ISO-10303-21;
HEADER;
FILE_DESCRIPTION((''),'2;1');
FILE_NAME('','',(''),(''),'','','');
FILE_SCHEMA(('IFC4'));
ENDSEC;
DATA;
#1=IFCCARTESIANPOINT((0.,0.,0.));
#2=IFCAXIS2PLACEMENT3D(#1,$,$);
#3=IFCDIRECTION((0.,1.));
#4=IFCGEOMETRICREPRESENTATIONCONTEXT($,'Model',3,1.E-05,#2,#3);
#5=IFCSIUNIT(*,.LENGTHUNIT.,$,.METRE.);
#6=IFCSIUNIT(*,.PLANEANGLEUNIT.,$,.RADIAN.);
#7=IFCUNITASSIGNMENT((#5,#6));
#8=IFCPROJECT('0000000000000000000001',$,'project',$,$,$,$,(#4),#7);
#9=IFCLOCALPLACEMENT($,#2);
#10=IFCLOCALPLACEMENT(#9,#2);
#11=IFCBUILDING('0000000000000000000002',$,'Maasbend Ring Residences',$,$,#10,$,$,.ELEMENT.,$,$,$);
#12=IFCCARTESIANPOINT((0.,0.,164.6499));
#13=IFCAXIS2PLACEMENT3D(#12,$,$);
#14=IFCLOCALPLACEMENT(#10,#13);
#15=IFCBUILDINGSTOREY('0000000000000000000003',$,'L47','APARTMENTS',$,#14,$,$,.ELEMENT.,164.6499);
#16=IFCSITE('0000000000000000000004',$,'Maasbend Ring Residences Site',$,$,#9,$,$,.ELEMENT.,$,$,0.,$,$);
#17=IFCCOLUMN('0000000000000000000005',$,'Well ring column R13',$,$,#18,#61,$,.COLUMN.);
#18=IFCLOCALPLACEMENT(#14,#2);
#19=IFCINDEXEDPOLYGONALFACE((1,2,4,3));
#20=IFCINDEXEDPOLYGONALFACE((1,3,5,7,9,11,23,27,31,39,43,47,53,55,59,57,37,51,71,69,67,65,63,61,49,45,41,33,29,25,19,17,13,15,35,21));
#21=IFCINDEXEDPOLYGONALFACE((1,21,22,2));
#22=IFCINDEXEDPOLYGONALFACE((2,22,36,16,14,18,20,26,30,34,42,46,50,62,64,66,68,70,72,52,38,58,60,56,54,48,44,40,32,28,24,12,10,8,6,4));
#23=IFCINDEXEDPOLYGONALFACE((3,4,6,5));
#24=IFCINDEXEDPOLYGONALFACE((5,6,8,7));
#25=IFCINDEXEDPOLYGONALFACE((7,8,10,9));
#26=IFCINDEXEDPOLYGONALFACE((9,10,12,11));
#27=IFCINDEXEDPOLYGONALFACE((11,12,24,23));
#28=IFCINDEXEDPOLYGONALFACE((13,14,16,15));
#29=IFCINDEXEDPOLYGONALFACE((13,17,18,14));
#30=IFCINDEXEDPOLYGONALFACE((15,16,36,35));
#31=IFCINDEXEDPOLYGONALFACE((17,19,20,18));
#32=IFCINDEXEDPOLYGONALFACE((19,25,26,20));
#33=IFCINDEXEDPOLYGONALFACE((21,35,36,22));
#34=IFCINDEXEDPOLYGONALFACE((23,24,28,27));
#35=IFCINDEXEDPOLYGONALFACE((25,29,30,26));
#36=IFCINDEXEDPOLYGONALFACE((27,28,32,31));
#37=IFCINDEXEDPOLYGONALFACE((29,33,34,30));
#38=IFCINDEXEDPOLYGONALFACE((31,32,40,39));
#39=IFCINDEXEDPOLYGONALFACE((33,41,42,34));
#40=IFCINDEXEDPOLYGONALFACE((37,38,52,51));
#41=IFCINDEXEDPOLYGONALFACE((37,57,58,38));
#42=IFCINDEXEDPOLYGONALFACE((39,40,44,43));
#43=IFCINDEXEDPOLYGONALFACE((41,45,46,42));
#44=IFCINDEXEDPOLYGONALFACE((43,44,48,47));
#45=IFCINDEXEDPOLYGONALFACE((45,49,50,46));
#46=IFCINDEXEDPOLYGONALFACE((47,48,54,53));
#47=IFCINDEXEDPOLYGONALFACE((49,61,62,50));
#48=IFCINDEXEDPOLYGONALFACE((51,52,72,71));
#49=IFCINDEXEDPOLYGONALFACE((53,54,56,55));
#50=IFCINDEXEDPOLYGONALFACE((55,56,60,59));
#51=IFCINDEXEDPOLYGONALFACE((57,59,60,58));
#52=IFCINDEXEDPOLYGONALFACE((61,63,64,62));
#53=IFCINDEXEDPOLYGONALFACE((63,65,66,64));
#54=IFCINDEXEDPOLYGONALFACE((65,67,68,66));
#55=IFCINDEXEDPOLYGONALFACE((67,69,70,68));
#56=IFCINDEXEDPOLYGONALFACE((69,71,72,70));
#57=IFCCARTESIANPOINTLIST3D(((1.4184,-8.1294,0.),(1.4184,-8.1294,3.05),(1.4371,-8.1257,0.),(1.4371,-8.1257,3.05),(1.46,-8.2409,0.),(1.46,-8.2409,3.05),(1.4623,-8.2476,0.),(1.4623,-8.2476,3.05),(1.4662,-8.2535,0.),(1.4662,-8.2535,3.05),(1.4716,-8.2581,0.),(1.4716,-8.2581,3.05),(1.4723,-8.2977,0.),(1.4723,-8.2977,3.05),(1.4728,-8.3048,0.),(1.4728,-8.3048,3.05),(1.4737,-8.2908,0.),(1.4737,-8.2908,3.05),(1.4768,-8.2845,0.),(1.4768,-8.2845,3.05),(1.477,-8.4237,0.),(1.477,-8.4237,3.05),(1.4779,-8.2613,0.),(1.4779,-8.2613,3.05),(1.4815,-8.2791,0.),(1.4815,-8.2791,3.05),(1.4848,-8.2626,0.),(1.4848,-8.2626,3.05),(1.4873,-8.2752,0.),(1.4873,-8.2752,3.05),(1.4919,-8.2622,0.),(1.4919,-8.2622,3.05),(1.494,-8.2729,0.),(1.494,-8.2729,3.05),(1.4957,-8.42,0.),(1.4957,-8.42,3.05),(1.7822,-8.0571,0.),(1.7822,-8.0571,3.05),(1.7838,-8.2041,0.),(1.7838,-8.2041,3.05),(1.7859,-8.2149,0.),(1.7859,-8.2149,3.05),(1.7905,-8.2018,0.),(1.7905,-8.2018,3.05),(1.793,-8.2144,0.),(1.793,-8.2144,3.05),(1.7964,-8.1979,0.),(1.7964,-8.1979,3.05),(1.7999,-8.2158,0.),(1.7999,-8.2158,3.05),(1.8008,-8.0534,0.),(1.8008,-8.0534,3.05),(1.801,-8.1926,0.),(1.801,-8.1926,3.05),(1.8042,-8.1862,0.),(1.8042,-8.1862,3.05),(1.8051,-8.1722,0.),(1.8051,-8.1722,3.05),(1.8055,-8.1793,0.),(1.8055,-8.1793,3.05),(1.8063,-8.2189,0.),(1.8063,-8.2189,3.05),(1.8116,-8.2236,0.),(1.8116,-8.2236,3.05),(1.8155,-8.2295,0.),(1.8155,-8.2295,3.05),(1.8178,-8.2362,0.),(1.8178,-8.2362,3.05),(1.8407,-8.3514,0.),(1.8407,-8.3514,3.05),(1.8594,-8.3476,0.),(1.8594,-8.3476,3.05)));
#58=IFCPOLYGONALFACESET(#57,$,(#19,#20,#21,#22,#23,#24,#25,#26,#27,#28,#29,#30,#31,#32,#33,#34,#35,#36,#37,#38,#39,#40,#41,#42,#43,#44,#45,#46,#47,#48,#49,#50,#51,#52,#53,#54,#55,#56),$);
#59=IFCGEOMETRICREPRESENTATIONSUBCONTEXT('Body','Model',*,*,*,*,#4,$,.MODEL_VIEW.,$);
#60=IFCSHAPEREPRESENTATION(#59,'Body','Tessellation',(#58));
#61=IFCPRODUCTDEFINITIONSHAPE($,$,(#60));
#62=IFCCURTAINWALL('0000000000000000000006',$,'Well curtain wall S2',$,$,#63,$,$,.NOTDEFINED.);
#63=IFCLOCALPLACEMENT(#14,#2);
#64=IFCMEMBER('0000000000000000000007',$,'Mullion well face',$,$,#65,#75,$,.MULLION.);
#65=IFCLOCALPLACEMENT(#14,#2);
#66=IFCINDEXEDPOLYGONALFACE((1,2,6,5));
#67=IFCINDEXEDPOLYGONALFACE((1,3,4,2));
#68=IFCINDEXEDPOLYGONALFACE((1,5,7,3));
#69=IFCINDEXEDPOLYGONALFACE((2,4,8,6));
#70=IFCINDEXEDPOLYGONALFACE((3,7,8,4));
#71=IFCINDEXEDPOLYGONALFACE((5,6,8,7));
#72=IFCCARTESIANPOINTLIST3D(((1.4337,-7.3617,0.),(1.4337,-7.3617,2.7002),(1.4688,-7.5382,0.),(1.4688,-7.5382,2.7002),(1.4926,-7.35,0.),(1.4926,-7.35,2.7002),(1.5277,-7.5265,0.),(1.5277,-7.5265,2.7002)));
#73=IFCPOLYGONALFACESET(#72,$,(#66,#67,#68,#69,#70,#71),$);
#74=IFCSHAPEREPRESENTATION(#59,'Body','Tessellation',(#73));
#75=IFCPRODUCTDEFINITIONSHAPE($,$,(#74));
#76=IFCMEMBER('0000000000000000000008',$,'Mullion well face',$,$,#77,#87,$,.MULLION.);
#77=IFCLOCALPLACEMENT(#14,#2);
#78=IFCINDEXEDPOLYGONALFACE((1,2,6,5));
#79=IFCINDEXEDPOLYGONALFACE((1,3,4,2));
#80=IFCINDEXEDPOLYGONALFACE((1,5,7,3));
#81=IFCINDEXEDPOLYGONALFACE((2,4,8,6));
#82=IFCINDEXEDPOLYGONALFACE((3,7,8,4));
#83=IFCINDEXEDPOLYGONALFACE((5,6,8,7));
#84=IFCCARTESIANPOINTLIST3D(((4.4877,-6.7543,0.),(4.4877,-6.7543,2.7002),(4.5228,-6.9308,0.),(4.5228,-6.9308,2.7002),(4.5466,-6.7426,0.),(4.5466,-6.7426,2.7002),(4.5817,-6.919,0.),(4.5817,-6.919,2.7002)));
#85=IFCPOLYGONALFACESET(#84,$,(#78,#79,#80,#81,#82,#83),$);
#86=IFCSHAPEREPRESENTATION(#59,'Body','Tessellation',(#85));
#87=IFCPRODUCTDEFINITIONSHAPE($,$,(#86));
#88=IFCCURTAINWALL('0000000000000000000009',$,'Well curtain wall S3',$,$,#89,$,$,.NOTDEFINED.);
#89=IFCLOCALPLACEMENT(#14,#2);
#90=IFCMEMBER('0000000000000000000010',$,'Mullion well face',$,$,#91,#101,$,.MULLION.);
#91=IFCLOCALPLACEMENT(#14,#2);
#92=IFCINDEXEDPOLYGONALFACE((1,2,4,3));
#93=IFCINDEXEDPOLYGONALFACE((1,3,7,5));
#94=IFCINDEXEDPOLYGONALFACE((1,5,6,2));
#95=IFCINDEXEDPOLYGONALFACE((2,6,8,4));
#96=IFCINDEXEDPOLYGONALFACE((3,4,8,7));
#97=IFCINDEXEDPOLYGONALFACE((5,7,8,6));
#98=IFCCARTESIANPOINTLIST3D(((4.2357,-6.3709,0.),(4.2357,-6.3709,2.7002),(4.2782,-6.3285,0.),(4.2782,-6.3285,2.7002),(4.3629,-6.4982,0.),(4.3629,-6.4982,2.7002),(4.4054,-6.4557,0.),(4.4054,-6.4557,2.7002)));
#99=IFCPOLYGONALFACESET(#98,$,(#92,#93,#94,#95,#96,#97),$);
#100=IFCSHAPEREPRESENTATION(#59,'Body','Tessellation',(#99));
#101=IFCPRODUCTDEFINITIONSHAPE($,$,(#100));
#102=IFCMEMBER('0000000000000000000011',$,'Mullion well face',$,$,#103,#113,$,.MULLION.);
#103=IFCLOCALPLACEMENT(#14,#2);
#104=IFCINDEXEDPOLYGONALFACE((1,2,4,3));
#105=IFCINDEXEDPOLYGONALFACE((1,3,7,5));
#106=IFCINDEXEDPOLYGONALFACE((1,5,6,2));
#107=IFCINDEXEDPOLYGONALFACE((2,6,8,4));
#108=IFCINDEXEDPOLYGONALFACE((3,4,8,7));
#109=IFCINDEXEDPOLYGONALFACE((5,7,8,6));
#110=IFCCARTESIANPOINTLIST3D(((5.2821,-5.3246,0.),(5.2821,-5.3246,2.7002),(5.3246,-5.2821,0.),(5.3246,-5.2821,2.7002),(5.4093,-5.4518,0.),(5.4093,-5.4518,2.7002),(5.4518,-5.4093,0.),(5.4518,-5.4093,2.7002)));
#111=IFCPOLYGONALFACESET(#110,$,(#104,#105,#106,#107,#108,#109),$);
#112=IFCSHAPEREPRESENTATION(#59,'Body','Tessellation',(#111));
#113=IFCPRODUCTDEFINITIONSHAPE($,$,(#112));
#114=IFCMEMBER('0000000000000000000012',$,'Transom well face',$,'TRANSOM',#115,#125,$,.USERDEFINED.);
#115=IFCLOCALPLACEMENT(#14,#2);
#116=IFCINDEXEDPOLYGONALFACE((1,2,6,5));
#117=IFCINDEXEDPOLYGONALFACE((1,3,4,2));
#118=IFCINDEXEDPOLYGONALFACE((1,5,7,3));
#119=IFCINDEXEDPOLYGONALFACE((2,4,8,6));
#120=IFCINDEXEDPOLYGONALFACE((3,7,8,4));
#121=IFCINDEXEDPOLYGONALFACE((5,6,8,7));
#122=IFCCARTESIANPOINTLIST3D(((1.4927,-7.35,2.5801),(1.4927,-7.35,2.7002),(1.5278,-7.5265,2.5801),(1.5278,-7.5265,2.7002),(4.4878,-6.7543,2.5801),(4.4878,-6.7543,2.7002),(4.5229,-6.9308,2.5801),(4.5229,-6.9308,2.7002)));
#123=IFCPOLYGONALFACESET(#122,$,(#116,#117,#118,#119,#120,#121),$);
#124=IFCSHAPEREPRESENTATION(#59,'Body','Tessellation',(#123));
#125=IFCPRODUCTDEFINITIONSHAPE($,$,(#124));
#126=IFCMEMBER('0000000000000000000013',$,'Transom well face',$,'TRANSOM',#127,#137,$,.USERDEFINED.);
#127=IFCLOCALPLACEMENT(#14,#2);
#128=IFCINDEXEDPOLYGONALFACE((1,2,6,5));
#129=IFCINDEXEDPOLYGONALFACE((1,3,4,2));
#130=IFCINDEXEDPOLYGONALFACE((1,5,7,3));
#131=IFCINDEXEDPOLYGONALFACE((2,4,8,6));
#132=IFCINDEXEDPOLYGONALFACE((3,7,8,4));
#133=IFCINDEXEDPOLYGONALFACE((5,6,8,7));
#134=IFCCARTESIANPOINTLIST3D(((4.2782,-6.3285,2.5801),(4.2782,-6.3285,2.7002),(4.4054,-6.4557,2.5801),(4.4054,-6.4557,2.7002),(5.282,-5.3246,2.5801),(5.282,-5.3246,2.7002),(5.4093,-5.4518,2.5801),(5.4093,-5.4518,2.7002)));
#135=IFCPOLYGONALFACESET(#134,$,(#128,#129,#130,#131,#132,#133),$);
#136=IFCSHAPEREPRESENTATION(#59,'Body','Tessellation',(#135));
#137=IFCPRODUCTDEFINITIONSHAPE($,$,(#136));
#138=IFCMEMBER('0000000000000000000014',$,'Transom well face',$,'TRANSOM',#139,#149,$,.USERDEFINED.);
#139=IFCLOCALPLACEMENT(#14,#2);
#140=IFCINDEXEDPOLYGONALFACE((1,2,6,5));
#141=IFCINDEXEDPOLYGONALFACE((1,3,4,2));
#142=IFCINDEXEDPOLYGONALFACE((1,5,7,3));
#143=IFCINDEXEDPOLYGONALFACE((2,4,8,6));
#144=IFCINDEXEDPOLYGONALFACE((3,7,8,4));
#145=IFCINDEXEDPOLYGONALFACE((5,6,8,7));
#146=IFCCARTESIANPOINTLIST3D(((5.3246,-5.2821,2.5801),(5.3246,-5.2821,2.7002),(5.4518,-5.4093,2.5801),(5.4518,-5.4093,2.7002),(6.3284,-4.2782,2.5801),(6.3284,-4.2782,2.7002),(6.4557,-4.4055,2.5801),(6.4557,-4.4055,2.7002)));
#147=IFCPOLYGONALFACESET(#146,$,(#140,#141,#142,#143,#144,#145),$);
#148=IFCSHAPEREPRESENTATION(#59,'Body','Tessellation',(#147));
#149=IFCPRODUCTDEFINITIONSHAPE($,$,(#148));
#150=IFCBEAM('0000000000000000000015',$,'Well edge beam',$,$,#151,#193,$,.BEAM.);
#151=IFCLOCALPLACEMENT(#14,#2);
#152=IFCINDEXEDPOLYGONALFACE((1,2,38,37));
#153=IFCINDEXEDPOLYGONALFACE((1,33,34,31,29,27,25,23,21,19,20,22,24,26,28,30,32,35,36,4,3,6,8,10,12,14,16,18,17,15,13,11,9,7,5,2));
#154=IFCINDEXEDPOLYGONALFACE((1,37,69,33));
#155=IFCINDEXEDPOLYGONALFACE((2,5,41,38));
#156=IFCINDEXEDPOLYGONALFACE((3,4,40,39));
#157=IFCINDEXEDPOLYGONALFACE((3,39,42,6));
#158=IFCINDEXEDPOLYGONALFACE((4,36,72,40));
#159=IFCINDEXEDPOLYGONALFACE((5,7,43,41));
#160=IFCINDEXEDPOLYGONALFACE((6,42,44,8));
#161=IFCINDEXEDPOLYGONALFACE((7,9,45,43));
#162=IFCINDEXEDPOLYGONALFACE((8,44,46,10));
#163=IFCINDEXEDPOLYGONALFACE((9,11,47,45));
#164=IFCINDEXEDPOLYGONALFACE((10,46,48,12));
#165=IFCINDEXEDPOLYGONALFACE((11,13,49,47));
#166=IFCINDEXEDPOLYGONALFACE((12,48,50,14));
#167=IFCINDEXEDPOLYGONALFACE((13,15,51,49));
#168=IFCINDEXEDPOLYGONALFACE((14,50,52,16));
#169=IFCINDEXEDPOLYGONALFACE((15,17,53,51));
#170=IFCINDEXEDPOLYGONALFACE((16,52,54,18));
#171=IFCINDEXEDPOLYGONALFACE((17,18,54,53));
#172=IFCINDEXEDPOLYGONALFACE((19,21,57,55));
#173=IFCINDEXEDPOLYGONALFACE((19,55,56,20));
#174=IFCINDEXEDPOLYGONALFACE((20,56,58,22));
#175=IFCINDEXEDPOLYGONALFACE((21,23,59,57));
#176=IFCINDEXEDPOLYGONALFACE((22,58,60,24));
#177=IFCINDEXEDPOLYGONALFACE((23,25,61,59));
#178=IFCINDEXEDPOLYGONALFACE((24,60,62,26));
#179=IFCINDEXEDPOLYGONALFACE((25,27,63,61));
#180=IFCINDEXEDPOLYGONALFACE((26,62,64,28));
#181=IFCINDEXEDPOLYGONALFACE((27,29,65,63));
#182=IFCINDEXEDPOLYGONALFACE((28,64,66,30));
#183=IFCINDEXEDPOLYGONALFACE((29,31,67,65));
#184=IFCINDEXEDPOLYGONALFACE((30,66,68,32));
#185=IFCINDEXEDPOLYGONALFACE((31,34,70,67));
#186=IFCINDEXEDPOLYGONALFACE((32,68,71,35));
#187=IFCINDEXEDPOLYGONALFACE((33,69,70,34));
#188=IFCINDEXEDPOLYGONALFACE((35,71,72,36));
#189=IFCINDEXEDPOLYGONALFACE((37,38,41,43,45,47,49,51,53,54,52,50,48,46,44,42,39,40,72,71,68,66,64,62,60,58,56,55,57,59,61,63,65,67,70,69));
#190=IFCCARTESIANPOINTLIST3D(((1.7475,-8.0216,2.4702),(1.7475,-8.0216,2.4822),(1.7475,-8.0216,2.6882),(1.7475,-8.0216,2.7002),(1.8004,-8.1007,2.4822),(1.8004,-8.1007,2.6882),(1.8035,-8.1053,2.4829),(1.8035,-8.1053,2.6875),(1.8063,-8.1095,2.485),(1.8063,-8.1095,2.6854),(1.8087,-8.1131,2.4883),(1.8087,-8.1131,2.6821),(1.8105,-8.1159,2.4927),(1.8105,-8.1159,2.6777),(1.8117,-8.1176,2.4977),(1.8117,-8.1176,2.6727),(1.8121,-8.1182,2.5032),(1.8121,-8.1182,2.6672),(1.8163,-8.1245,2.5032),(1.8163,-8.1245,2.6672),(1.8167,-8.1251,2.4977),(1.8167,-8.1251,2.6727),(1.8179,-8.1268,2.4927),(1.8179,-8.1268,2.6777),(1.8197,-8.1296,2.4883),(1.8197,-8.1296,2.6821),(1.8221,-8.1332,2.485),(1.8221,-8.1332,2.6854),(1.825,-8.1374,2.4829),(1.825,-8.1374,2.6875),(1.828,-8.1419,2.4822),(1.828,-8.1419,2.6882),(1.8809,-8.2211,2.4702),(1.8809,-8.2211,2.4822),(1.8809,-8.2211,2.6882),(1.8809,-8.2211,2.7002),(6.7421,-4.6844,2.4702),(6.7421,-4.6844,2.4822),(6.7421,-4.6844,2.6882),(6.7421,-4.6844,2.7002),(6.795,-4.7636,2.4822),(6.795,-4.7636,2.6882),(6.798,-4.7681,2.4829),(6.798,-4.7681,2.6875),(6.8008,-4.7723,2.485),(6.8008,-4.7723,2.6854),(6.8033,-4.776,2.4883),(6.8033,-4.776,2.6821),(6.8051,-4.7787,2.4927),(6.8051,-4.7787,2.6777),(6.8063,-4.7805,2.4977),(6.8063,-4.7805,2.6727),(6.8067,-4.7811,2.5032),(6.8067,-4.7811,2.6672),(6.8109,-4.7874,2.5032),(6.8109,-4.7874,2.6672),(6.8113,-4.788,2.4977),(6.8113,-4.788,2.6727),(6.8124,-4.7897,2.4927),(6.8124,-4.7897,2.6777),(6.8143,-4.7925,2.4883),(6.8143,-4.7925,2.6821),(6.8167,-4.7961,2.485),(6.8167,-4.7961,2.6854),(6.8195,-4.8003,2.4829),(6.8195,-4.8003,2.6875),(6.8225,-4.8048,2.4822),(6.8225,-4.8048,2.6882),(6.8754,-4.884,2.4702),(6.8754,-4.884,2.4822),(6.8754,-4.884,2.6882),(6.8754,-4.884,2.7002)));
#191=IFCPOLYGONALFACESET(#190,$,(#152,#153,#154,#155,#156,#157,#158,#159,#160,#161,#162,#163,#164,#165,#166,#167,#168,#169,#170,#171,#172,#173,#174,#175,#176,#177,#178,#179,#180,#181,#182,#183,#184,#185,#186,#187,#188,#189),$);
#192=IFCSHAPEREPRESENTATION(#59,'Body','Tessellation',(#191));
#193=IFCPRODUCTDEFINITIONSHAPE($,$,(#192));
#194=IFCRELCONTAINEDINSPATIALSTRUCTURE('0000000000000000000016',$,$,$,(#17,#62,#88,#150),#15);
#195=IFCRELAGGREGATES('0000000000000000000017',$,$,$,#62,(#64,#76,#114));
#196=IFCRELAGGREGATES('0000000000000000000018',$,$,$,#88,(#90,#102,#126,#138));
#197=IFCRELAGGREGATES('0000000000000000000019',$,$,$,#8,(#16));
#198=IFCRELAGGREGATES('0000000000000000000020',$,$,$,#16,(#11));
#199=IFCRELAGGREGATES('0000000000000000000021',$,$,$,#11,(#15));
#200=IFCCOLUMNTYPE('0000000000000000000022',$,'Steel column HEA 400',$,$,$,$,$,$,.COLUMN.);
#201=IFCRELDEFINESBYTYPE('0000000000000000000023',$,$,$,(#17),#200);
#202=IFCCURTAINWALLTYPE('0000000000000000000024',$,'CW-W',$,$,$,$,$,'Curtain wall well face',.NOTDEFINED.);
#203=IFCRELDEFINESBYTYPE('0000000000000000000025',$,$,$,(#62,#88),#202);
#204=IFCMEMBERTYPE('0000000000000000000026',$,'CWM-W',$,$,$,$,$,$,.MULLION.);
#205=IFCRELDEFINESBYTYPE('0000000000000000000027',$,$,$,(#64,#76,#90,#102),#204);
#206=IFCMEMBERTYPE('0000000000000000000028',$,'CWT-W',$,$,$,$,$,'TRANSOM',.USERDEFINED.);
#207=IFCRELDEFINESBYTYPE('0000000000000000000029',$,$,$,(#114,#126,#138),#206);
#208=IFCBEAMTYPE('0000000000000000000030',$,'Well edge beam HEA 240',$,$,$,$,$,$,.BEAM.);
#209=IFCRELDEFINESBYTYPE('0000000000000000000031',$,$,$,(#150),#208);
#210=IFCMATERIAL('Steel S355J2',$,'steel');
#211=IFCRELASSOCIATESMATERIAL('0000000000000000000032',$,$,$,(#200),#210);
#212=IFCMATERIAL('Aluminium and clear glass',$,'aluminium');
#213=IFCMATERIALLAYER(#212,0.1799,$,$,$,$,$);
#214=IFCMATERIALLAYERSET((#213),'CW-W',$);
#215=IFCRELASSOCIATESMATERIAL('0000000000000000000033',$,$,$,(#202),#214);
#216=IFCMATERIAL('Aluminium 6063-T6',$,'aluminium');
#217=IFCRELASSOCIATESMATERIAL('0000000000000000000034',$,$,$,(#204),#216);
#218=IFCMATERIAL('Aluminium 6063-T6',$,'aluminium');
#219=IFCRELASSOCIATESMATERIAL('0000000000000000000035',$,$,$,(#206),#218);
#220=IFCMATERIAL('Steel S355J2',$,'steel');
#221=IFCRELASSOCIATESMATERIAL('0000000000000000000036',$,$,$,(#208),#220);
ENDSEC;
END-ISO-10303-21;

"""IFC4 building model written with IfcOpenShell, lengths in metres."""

from ifc_helpers import new_model, si_unit, direction, frame, origin, origin_2d, place, context, subcontext, project, spatial, rectangle, i_section, extrude, material, layer, layer_set, material_profile, profile_set, type_object, element, aggregate, save


model = new_model("IFC4")

# Units and contexts
model_context = context("Model", 3, precision=1e-05, world=origin(), true_north=direction((0.0, 1.0)))
body_context = subcontext(model_context, "Body", "Model", "MODEL_VIEW")
ifc_project = project(units=[si_unit("LENGTHUNIT", "METRE"), si_unit("PLANEANGLEUNIT", "RADIAN")], contexts=[model_context])

# Site, building, storey
site_placement = place(None, origin())
site = spatial("IfcSite", under=ifc_project, at=site_placement, Name="Maasbend Ring Residences Site", CompositionType="ELEMENT", RefElevation=0.0)
building_placement = place(site_placement, origin())
building = spatial("IfcBuilding", under=site, at=building_placement, Name="Maasbend Ring Residences", CompositionType="ELEMENT")
storey_placement = place(building_placement, frame((0.0, 0.0, 164.6499)))
storey = spatial("IfcBuildingStorey", under=building, at=storey_placement, Name="L47", Description="APARTMENTS", CompositionType="ELEMENT", Elevation=164.6499)

# Column
ifc_material_1 = material(Name="Steel S355J2", Category="steel")
ifc_material_profile_1 = material_profile(ifc_material_1, i_section(OverallWidth=0.3, OverallDepth=0.3899, WebThickness=0.011, FlangeThickness=0.019, FilletRadius=0.0271, at=origin_2d()), Name="HEA 400")
ifc_profile_set_1 = profile_set([ifc_material_profile_1], Name="Steel S355J2")
column_type = type_object("IfcColumnType", Name="Steel column HEA 400", PredefinedType="COLUMN", material=ifc_profile_set_1)
column_placement = place(storey_placement, frame((1.6389, -8.2385, 0.0), z_axis=(0.0, 0.0, 1.0), x_axis=(0.19509, -0.980785, 0.0)))
element("IfcColumn", 1, at=column_placement, inside=storey, type_object=column_type, Name="Well ring column R13", PredefinedType="COLUMN", context=body_context, shape_type="SweptSolid", body=[
    extrude(i_section(OverallWidth=0.3, OverallDepth=0.3899, WebThickness=0.011, FlangeThickness=0.019, FilletRadius=0.0271, at=origin_2d()), origin(), (0.0, 0.0, 1.0), 3.05),
])

# Curtain walls, members
ifc_material_2 = material(Name="Aluminium and clear glass", Category="aluminium")
ifc_layer_1 = layer(ifc_material_2, 0.1799)
ifc_layer_set_1 = layer_set([ifc_layer_1], Name="CW-W")
curtain_wall_type = type_object("IfcCurtainWallType", Name="CW-W", ElementType="Curtain wall well face", PredefinedType="NOTDEFINED", material=ifc_layer_set_1)
curtain_wall_1_placement = place(storey_placement, origin())
curtain_wall_1 = element("IfcCurtainWall", 2, at=curtain_wall_1_placement, inside=storey, type_object=curtain_wall_type, Name="Well curtain wall S2", PredefinedType="NOTDEFINED")
ifc_material_3 = material(Name="Aluminium 6063-T6", Category="aluminium")
ifc_material_profile_2 = material_profile(ifc_material_3, rectangle(XDim=0.1799, YDim=0.0601, at=origin_2d()), Name="AL 180x60")
ifc_profile_set_2 = profile_set([ifc_material_profile_2], Name="Aluminium 6063-T6")
member_type_1 = type_object("IfcMemberType", Name="CWM-W", PredefinedType="MULLION", material=ifc_profile_set_2)
member_1_placement = place(storey_placement, frame((1.4807, -7.4441, 0.0), z_axis=(0.0, 0.0, 1.0), x_axis=(-0.19509, 0.980785, 0.0)))
member_1 = element("IfcMember", 3, at=member_1_placement, type_object=member_type_1, Name="Mullion well face", PredefinedType="MULLION", context=body_context, shape_type="SweptSolid", body=[
    extrude(rectangle(XDim=0.1799, YDim=0.0601, at=origin_2d()), origin(), (0.0, 0.0, 1.0), 2.7002),
])
member_2_placement = place(storey_placement, frame((4.5347, -6.8367, 0.0), z_axis=(0.0, 0.0, 1.0), x_axis=(-0.19509, 0.980785, 0.0)))
member_2 = element("IfcMember", 4, at=member_2_placement, type_object=member_type_1, Name="Mullion well face", PredefinedType="MULLION", context=body_context, shape_type="SweptSolid", body=[
    extrude(rectangle(XDim=0.1799, YDim=0.0601, at=origin_2d()), origin(), (0.0, 0.0, 1.0), 2.7002),
])
curtain_wall_2_placement = place(storey_placement, origin())
curtain_wall_2 = element("IfcCurtainWall", 5, at=curtain_wall_2_placement, inside=storey, type_object=curtain_wall_type, Name="Well curtain wall S3", PredefinedType="NOTDEFINED")
member_3_placement = place(storey_placement, frame((4.3206, -6.4133, 0.0), z_axis=(0.0, 0.0, 1.0), x_axis=(-0.707107, 0.707107, 0.0)))
member_3 = element("IfcMember", 6, at=member_3_placement, type_object=member_type_1, Name="Mullion well face", PredefinedType="MULLION", context=body_context, shape_type="SweptSolid", body=[
    extrude(rectangle(XDim=0.1799, YDim=0.0601, at=origin_2d()), origin(), (0.0, 0.0, 1.0), 2.7002),
])
member_4_placement = place(storey_placement, frame((5.3669, -5.3669, 0.0), z_axis=(0.0, 0.0, 1.0), x_axis=(-0.707107, 0.707107, 0.0)))
member_4 = element("IfcMember", 7, at=member_4_placement, type_object=member_type_1, Name="Mullion well face", PredefinedType="MULLION", context=body_context, shape_type="SweptSolid", body=[
    extrude(rectangle(XDim=0.1799, YDim=0.0601, at=origin_2d()), origin(), (0.0, 0.0, 1.0), 2.7002),
])

# Members
ifc_material_4 = material(Name="Aluminium 6063-T6", Category="aluminium")
ifc_material_profile_3 = material_profile(ifc_material_4, rectangle(XDim=0.1799, YDim=0.1201, at=origin_2d()), Name="AL 180x120")
ifc_profile_set_3 = profile_set([ifc_material_profile_3], Name="Aluminium 6063-T6")
member_type_2 = type_object("IfcMemberType", Name="CWT-W", ElementType="TRANSOM", PredefinedType="USERDEFINED", material=ifc_profile_set_3)
member_5_placement = place(storey_placement, frame((1.5103, -7.4382, 2.6401), z_axis=(0.980789, 0.195071, 0.0), x_axis=(-0.195071, 0.980789, 0.0)))
member_5 = element("IfcMember", 8, at=member_5_placement, type_object=member_type_2, Name="Transom well face", ObjectType="TRANSOM", PredefinedType="USERDEFINED", context=body_context, shape_type="SweptSolid", body=[
    extrude(rectangle(XDim=0.1799, YDim=0.1201, at=origin_2d()), origin(), (0.0, 0.0, 1.0), 3.0537),
])
member_6_placement = place(storey_placement, frame((4.3418, -6.3921, 2.6401), z_axis=(0.707107, 0.707107, 0.0), x_axis=(-0.707107, 0.707107, 0.0)))
member_6 = element("IfcMember", 9, at=member_6_placement, type_object=member_type_2, Name="Transom well face", ObjectType="TRANSOM", PredefinedType="USERDEFINED", context=body_context, shape_type="SweptSolid", body=[
    extrude(rectangle(XDim=0.1799, YDim=0.1201, at=origin_2d()), origin(), (0.0, 0.0, 1.0), 1.4197),
])
member_7_placement = place(storey_placement, frame((5.3882, -5.3457, 2.6401), z_axis=(0.707107, 0.707107, 0.0), x_axis=(-0.707107, 0.707107, 0.0)))
member_7 = element("IfcMember", 10, at=member_7_placement, type_object=member_type_2, Name="Transom well face", ObjectType="TRANSOM", PredefinedType="USERDEFINED", context=body_context, shape_type="SweptSolid", body=[
    extrude(rectangle(XDim=0.1799, YDim=0.1201, at=origin_2d()), origin(), (0.0, 0.0, 1.0), 1.4197),
])

# Beam
ifc_material_5 = material(Name="Steel S355J2", Category="steel")
ifc_material_profile_4 = material_profile(ifc_material_5, i_section(OverallWidth=0.24, OverallDepth=0.23, WebThickness=0.0076, FlangeThickness=0.012, FilletRadius=0.021, at=origin_2d()), Name="HEA 240")
ifc_profile_set_4 = profile_set([ifc_material_profile_4], Name="Steel S355J2")
beam_type = type_object("IfcBeamType", Name="Well edge beam HEA 240", PredefinedType="BEAM", material=ifc_profile_set_4)
beam_placement = place(storey_placement, frame((1.8142, -8.1213, 2.5852), z_axis=(0.831481, 0.555553, 0.0), x_axis=(-0.555553, 0.831481, 0.0)))
element("IfcBeam", 11, at=beam_placement, inside=storey, type_object=beam_type, Name="Well edge beam", PredefinedType="BEAM", context=body_context, shape_type="SweptSolid", body=[
    extrude(i_section(OverallWidth=0.24, OverallDepth=0.23, WebThickness=0.0076, FlangeThickness=0.012, FilletRadius=0.021, at=origin_2d()), origin(), (0.0, 0.0, 1.0), 6.0068),
])

aggregate(curtain_wall_1, [member_1, member_2, member_5])
aggregate(curtain_wall_2, [member_3, member_4, member_6, member_7])

save(model, "model.ifc")
